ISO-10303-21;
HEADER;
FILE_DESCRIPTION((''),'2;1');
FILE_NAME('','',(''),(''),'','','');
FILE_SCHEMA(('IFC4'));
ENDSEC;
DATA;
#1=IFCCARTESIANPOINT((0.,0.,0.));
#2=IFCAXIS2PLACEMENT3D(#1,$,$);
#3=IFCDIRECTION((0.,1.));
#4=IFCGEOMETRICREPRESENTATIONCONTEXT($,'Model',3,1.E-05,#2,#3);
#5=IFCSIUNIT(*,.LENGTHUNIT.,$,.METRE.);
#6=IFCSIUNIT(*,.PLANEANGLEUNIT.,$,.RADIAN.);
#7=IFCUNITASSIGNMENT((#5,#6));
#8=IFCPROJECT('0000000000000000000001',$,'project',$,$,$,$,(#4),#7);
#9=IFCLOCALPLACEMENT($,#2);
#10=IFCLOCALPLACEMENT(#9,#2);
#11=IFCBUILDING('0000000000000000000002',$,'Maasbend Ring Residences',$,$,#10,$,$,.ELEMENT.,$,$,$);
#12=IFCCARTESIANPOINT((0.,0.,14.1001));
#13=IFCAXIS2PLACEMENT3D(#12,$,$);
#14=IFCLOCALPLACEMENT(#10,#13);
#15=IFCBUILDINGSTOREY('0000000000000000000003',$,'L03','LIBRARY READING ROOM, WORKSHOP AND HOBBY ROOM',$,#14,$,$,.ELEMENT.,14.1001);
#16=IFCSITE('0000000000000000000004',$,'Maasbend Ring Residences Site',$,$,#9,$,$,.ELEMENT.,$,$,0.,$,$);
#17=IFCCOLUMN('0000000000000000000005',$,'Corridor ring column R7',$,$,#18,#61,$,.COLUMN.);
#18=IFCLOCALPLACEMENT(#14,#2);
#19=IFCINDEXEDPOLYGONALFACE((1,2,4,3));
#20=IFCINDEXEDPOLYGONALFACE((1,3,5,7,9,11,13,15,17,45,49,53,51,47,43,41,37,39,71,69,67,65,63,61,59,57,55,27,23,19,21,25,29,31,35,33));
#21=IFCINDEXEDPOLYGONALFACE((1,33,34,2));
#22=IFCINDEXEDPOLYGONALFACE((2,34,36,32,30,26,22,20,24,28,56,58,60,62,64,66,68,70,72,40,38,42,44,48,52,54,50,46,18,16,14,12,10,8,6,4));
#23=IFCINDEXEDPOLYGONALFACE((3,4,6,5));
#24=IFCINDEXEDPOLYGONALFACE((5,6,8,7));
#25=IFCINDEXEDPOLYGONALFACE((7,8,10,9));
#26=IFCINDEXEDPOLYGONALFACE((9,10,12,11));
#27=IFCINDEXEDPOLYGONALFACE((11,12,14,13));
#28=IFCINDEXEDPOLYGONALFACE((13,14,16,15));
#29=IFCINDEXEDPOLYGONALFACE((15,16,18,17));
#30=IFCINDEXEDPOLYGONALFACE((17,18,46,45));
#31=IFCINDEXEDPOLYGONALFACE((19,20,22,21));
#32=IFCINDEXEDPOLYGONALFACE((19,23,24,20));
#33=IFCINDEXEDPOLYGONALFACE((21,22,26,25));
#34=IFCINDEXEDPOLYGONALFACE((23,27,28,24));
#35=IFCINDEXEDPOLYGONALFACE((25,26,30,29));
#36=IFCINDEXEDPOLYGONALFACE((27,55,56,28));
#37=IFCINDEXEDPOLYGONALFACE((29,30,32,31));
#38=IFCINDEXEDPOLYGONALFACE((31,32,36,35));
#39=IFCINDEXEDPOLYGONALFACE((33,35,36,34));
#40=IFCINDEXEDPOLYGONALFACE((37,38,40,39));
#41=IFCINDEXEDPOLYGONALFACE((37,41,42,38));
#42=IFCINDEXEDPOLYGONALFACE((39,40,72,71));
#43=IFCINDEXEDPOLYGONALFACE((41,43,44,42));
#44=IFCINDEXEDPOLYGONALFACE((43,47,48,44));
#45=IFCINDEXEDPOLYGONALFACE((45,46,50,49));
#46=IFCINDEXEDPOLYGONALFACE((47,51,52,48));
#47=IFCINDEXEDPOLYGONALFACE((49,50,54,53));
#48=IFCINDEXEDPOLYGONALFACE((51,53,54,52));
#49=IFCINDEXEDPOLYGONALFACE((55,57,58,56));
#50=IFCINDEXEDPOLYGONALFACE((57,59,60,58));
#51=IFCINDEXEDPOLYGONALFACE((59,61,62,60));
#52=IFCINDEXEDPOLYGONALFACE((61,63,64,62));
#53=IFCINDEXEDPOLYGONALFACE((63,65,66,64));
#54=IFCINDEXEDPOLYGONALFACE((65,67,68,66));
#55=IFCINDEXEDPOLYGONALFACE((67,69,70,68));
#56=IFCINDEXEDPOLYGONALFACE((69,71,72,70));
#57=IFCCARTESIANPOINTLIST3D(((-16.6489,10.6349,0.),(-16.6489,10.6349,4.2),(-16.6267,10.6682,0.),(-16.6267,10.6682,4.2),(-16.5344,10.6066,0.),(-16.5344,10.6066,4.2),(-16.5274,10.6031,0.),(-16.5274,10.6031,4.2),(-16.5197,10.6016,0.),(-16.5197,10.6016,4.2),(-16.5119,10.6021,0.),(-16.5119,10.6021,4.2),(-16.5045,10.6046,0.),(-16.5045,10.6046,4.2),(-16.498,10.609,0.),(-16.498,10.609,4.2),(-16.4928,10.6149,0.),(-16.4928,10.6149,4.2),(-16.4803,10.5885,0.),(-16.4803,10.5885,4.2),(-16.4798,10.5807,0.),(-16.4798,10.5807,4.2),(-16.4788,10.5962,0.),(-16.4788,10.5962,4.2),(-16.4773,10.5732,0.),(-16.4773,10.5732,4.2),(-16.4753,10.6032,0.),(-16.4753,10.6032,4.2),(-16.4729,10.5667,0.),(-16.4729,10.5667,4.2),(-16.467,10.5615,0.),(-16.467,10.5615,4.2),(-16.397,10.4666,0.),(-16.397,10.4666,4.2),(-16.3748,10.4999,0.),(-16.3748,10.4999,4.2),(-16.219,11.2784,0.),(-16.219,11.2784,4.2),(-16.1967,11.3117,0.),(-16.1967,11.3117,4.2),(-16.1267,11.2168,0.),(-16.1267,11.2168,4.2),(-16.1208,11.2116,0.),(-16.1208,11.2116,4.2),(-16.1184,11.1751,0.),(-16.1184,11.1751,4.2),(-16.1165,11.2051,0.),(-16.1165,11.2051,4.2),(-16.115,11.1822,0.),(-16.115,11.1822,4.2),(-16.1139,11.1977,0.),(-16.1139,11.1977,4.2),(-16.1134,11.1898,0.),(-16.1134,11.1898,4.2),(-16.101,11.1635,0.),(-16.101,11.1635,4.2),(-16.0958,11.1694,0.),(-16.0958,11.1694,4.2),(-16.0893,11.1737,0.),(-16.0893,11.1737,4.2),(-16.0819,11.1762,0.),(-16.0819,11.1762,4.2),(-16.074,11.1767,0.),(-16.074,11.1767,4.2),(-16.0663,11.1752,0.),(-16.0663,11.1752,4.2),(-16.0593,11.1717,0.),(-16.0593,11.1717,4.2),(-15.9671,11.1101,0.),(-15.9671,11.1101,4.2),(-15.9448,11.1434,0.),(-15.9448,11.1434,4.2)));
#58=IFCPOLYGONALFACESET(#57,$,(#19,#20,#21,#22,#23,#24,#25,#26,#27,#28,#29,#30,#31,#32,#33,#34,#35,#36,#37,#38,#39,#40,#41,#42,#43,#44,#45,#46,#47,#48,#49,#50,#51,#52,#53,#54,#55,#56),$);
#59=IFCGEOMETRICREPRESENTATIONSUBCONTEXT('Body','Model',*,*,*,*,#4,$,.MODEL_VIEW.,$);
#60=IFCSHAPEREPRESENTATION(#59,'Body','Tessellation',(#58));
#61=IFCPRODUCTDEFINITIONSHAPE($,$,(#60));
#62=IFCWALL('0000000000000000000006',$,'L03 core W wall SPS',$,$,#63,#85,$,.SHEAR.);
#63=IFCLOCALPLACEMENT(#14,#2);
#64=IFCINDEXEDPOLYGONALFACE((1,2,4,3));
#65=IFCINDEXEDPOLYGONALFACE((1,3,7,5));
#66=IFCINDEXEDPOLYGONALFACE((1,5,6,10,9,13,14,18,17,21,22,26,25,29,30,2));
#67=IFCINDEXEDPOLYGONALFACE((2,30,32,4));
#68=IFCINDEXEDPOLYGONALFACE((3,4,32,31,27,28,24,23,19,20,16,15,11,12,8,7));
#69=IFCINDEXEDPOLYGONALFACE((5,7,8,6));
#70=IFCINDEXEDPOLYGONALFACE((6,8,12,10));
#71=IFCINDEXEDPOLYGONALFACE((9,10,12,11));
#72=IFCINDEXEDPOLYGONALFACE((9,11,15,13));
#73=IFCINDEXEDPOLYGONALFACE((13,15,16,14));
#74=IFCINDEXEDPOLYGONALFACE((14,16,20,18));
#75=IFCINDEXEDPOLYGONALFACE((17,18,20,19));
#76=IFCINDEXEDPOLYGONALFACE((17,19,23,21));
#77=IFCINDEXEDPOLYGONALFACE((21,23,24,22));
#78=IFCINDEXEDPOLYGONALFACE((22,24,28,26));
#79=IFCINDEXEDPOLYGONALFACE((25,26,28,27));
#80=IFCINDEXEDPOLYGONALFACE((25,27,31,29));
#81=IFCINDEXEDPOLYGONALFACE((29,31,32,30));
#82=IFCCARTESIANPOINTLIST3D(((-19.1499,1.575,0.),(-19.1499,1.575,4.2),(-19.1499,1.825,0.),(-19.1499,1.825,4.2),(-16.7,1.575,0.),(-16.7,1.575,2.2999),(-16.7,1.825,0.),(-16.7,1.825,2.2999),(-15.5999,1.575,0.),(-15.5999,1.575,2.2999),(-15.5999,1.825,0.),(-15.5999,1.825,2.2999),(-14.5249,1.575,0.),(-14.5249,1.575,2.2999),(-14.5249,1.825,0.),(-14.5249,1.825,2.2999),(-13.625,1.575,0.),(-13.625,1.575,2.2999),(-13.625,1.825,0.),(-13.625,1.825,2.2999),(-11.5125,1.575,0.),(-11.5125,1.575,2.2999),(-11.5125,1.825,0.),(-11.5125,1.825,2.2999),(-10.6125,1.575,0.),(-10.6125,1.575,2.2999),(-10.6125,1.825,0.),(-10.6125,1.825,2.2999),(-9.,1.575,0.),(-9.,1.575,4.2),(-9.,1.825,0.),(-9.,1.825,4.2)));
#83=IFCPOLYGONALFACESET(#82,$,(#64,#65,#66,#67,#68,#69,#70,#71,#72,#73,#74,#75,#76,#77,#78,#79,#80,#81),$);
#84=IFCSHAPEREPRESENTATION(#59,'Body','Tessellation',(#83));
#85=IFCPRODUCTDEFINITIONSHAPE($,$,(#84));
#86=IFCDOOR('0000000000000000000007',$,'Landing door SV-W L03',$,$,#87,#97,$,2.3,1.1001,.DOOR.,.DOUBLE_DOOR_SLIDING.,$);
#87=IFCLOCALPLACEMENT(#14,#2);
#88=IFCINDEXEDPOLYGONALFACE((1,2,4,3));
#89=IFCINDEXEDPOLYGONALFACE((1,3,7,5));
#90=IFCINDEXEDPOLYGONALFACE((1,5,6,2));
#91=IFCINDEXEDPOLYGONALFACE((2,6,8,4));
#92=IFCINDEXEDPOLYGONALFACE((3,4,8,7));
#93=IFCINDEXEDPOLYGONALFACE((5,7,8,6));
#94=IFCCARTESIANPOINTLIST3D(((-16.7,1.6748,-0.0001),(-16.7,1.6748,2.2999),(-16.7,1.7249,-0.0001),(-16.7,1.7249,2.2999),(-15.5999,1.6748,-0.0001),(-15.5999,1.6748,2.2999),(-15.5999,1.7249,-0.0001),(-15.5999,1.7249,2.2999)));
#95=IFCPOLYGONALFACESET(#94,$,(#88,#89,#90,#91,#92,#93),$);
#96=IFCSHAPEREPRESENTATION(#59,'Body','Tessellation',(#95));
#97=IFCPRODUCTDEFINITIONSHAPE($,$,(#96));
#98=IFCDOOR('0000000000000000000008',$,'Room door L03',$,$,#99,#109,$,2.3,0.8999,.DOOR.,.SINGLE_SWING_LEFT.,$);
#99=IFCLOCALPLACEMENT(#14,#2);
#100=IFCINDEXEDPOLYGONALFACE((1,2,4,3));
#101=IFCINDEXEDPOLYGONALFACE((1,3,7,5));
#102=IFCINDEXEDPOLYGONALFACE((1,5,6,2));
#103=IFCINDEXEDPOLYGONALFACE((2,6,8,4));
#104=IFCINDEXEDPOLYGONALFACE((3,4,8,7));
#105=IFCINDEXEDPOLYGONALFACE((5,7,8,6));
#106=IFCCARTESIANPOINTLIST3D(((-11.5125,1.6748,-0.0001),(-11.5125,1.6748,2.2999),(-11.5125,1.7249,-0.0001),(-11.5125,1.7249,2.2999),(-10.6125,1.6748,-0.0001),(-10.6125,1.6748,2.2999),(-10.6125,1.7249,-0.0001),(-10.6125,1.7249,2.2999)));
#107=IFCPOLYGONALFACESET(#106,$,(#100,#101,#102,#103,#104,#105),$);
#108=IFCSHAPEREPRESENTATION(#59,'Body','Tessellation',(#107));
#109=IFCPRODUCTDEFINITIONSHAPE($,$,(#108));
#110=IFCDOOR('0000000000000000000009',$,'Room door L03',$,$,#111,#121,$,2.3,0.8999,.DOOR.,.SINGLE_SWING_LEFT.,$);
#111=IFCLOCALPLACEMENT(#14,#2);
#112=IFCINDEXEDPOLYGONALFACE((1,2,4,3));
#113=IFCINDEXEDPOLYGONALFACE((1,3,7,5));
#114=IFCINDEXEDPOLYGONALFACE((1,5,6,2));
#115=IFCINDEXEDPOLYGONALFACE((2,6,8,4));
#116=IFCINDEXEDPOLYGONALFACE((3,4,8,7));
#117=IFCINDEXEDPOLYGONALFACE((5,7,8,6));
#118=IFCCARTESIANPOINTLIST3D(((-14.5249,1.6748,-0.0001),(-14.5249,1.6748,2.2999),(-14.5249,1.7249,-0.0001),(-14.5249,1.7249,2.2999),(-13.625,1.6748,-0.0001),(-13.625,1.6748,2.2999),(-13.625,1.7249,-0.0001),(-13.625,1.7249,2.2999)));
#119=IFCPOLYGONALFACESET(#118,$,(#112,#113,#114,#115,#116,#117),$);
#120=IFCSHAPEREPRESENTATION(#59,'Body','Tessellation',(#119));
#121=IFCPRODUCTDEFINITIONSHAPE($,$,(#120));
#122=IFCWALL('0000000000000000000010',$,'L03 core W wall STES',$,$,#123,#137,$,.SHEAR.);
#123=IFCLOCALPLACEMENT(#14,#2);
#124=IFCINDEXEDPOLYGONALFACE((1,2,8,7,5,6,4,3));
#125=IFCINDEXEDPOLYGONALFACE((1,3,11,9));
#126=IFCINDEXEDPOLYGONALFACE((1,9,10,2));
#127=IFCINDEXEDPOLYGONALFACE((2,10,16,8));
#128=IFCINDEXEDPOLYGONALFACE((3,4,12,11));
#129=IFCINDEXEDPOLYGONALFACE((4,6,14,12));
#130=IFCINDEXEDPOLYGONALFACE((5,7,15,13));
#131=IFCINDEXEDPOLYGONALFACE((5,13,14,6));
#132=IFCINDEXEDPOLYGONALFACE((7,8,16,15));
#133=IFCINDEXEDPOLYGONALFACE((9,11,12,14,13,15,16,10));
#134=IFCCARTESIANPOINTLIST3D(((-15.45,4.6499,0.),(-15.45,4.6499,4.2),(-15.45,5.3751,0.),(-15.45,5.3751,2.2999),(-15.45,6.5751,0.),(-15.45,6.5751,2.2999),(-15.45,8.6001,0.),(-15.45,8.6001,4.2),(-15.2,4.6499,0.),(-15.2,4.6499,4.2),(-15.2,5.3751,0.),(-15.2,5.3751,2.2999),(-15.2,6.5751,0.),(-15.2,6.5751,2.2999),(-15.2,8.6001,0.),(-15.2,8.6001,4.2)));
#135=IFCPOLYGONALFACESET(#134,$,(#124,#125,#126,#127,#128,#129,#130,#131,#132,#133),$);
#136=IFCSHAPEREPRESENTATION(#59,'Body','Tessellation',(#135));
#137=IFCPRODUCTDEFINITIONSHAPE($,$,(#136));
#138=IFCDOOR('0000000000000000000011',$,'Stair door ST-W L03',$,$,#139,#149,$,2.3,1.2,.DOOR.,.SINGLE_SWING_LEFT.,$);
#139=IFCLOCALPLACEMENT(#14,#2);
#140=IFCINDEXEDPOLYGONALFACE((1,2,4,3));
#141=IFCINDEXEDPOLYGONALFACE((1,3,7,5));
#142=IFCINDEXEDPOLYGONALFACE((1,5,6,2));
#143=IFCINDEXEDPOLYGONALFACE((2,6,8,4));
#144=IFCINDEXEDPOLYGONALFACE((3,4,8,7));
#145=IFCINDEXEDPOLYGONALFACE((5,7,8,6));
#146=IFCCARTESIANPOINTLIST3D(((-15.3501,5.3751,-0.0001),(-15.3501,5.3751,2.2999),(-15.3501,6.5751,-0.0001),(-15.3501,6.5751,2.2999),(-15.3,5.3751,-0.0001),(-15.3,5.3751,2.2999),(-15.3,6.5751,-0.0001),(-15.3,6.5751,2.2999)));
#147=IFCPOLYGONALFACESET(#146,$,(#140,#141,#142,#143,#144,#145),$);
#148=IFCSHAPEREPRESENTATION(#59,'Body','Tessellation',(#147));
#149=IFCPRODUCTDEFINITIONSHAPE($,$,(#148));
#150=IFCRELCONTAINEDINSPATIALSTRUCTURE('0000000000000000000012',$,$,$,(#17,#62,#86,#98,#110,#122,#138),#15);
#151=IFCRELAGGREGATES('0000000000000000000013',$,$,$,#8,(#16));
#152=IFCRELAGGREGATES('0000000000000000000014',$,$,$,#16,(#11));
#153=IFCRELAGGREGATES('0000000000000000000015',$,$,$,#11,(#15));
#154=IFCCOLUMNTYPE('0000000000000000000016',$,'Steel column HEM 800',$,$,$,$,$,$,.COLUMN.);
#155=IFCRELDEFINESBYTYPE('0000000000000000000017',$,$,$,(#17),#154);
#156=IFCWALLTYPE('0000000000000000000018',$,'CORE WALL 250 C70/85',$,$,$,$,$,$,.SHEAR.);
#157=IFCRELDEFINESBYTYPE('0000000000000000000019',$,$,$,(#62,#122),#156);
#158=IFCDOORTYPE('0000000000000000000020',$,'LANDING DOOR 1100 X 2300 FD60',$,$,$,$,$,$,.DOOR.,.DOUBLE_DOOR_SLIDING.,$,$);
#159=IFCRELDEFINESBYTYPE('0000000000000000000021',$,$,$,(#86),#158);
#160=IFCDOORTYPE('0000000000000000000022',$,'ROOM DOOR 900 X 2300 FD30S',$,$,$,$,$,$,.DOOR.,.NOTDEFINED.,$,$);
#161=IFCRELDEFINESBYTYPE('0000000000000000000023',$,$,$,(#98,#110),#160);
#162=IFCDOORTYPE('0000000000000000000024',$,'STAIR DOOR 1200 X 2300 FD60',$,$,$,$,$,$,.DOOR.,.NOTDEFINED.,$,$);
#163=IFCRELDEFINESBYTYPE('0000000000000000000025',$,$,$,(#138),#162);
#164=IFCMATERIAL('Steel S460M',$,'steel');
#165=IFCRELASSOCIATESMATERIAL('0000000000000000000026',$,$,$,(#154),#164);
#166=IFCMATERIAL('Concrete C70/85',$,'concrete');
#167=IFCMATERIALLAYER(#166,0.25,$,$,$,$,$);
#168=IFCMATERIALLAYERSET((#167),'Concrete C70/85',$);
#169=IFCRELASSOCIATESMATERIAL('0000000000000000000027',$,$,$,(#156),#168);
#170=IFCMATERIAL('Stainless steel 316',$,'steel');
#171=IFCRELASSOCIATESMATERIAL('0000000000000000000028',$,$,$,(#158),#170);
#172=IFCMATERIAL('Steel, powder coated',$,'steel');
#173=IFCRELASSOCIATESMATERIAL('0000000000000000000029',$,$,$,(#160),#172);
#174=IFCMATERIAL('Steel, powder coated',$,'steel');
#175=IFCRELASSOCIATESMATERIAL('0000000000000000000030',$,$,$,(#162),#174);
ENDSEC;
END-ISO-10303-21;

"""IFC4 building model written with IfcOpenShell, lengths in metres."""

from ifc_helpers import new_model, si_unit, direction, frame, frame_2d, origin, origin_2d, place, context, subcontext, project, spatial, rectangle, i_section, extrude, material, layer, layer_set, material_profile, profile_set, type_object, element, fill, save


model = new_model("IFC4")

# Units and contexts
model_context = context("Model", 3, precision=1e-05, world=origin(), true_north=direction((0.0, 1.0)))
body_context = subcontext(model_context, "Body", "Model", "MODEL_VIEW")
ifc_project = project(units=[si_unit("LENGTHUNIT", "METRE"), si_unit("PLANEANGLEUNIT", "RADIAN")], contexts=[model_context])

# Site, building, storey
site_placement = place(None, origin())
site = spatial("IfcSite", under=ifc_project, at=site_placement, Name="Maasbend Ring Residences Site", CompositionType="ELEMENT", RefElevation=0.0)
building_placement = place(site_placement, origin())
building = spatial("IfcBuilding", under=site, at=building_placement, Name="Maasbend Ring Residences", CompositionType="ELEMENT")
storey_placement = place(building_placement, frame((0.0, 0.0, 14.1001)))
storey = spatial("IfcBuildingStorey", under=building, at=storey_placement, Name="L03", Description="LIBRARY READING ROOM, WORKSHOP AND HOBBY ROOM", CompositionType="ELEMENT", Elevation=14.1001)

# Column
ifc_material_1 = material(Name="Steel S460M", Category="steel")
ifc_material_profile = material_profile(ifc_material_1, i_section(OverallWidth=0.303, OverallDepth=0.814, WebThickness=0.021, FlangeThickness=0.04, FilletRadius=0.03, at=origin_2d()), Name="HEM 800")
ifc_profile_set = profile_set([ifc_material_profile], Name="Steel S460M")
column_type = type_object("IfcColumnType", Name="Steel column HEM 800", PredefinedType="COLUMN", material=ifc_profile_set)
column_placement = place(storey_placement, frame((-16.2969, 10.8892, 0.0), z_axis=(0.0, 0.0, 1.0), x_axis=(-0.83147, 0.55557, 0.0)))
element("IfcColumn", 1, at=column_placement, inside=storey, type_object=column_type, Name="Corridor ring column R7", PredefinedType="COLUMN", context=body_context, shape_type="SweptSolid", body=[
    extrude(i_section(OverallWidth=0.303, OverallDepth=0.814, WebThickness=0.021, FlangeThickness=0.04, FilletRadius=0.03, at=origin_2d()), origin(), (0.0, 0.0, 1.0), 4.2),
])

# Wall, openings, doors
ifc_material_2 = material(Name="Concrete C70/85", Category="concrete")
ifc_layer_1 = layer(ifc_material_2, 0.25)
ifc_layer_set_1 = layer_set([ifc_layer_1], Name="Concrete C70/85")
wall_type_1 = type_object("IfcWallType", Name="CORE WALL 250 C70/85", PredefinedType="SHEAR", material=ifc_layer_set_1)
wall_1_placement = place(storey_placement, frame((-19.1499, 1.7, 0.0), z_axis=(0.0, 0.0, 1.0), x_axis=(1.0, 0.0, 0.0)))
wall_1 = element("IfcWall", 2, at=wall_1_placement, inside=storey, type_object=wall_type_1, Name="L03 core W wall SPS", PredefinedType="SHEAR", context=body_context, shape_type="SweptSolid", body=[
    extrude(rectangle(XDim=10.1499, YDim=0.25, at=frame_2d((5.075, 0.0))), origin(), (0.0, 0.0, 1.0), 4.2),
])
opening_1_placement = place(wall_1_placement, frame((2.45, 0.0, 0.0)))
opening_1 = element("IfcOpeningElement", 3, at=opening_1_placement, cuts=wall_1, PredefinedType="OPENING", context=body_context, shape_type="SweptSolid", body=[
    extrude(rectangle(XDim=1.1001, YDim=2.3, at=frame_2d((0.55, 1.1499))), frame((0.0, 0.135, 0.0), z_axis=(0.0, -1.0, 0.0), x_axis=(1.0, 0.0, 0.0)), (0.0, 0.0, 1.0), 0.27),
])
opening_2_placement = place(wall_1_placement, frame((7.6375, 0.0, 0.0)))
opening_2 = element("IfcOpeningElement", 4, at=opening_2_placement, cuts=wall_1, PredefinedType="OPENING", context=body_context, shape_type="SweptSolid", body=[
    extrude(rectangle(XDim=0.8999, YDim=2.3, at=frame_2d((0.45, 1.1499))), frame((0.0, 0.135, 0.0), z_axis=(0.0, -1.0, 0.0), x_axis=(1.0, 0.0, 0.0)), (0.0, 0.0, 1.0), 0.27),
])
opening_3_placement = place(wall_1_placement, frame((4.625, 0.0, 0.0)))
opening_3 = element("IfcOpeningElement", 5, at=opening_3_placement, cuts=wall_1, PredefinedType="OPENING", context=body_context, shape_type="SweptSolid", body=[
    extrude(rectangle(XDim=0.8999, YDim=2.3, at=frame_2d((0.45, 1.1499))), frame((0.0, 0.135, 0.0), z_axis=(0.0, -1.0, 0.0), x_axis=(1.0, 0.0, 0.0)), (0.0, 0.0, 1.0), 0.27),
])
ifc_material_3 = material(Name="Stainless steel 316", Category="steel")
door_type_1 = type_object("IfcDoorType", Name="LANDING DOOR 1100 X 2300 FD60", OperationType="DOUBLE_DOOR_SLIDING", PredefinedType="DOOR", material=ifc_material_3)
door_1_placement = place(opening_1_placement, origin())
door_1 = element("IfcDoor", 6, at=door_1_placement, inside=storey, type_object=door_type_1, Name="Landing door SV-W L03", OperationType="DOUBLE_DOOR_SLIDING", OverallHeight=2.3, OverallWidth=1.1001, PredefinedType="DOOR", context=body_context, shape_type="SweptSolid", body=[
    extrude(rectangle(XDim=1.1001, YDim=2.3, at=frame_2d((0.55, 1.1499))), frame((0.0, 0.0249, 0.0), z_axis=(0.0, -1.0, 0.0), x_axis=(1.0, 0.0, 0.0)), (0.0, 0.0, 1.0), 0.05),
])
fill(opening_1, door_1)
ifc_material_4 = material(Name="Steel, powder coated", Category="steel")
door_type_2 = type_object("IfcDoorType", Name="ROOM DOOR 900 X 2300 FD30S", OperationType="NOTDEFINED", PredefinedType="DOOR", material=ifc_material_4)
door_2_placement = place(opening_2_placement, origin())
door_2 = element("IfcDoor", 7, at=door_2_placement, inside=storey, type_object=door_type_2, Name="Room door L03", OperationType="SINGLE_SWING_LEFT", OverallHeight=2.3, OverallWidth=0.8999, PredefinedType="DOOR", context=body_context, shape_type="SweptSolid", body=[
    extrude(rectangle(XDim=0.8999, YDim=2.3, at=frame_2d((0.45, 1.1499))), frame((0.0, 0.0249, 0.0), z_axis=(0.0, -1.0, 0.0), x_axis=(1.0, 0.0, 0.0)), (0.0, 0.0, 1.0), 0.05),
])
fill(opening_2, door_2)
door_3_placement = place(opening_3_placement, origin())
door_3 = element("IfcDoor", 8, at=door_3_placement, inside=storey, type_object=door_type_2, Name="Room door L03", OperationType="SINGLE_SWING_LEFT", OverallHeight=2.3, OverallWidth=0.8999, PredefinedType="DOOR", context=body_context, shape_type="SweptSolid", body=[
    extrude(rectangle(XDim=0.8999, YDim=2.3, at=frame_2d((0.45, 1.1499))), frame((0.0, 0.0249, 0.0), z_axis=(0.0, -1.0, 0.0), x_axis=(1.0, 0.0, 0.0)), (0.0, 0.0, 1.0), 0.05),
])
fill(opening_3, door_3)

# Wall, opening, door
wall_2_placement = place(storey_placement, frame((-15.325, 8.6001, 0.0), z_axis=(0.0, 0.0, 1.0), x_axis=(0.0, -1.0, 0.0)))
wall_2 = element("IfcWall", 9, at=wall_2_placement, inside=storey, type_object=wall_type_1, Name="L03 core W wall STES", PredefinedType="SHEAR", context=body_context, shape_type="SweptSolid", body=[
    extrude(rectangle(XDim=3.9502, YDim=0.25, at=frame_2d((1.9751, 0.0))), origin(), (0.0, 0.0, 1.0), 4.2),
])
opening_4_placement = place(wall_2_placement, frame((2.0249, 0.0, 0.0)))
opening_4 = element("IfcOpeningElement", 10, at=opening_4_placement, cuts=wall_2, PredefinedType="OPENING", context=body_context, shape_type="SweptSolid", body=[
    extrude(rectangle(XDim=1.2, YDim=2.3, at=frame_2d((0.6001, 1.1499))), frame((0.0, 0.135, 0.0), z_axis=(0.0, -1.0, 0.0), x_axis=(1.0, 0.0, 0.0)), (0.0, 0.0, 1.0), 0.27),
])
ifc_material_5 = material(Name="Steel, powder coated", Category="steel")
door_type_3 = type_object("IfcDoorType", Name="STAIR DOOR 1200 X 2300 FD60", OperationType="NOTDEFINED", PredefinedType="DOOR", material=ifc_material_5)
door_4_placement = place(opening_4_placement, origin())
door_4 = element("IfcDoor", 11, at=door_4_placement, inside=storey, type_object=door_type_3, Name="Stair door ST-W L03", OperationType="SINGLE_SWING_LEFT", OverallHeight=2.3, OverallWidth=1.2, PredefinedType="DOOR", context=body_context, shape_type="SweptSolid", body=[
    extrude(rectangle(XDim=1.2, YDim=2.3, at=frame_2d((0.6001, 1.1499))), frame((0.0, 0.0249, 0.0), z_axis=(0.0, -1.0, 0.0), x_axis=(1.0, 0.0, 0.0)), (0.0, 0.0, 1.0), 0.05),
])
fill(opening_4, door_4)

save(model, "model.ifc")
